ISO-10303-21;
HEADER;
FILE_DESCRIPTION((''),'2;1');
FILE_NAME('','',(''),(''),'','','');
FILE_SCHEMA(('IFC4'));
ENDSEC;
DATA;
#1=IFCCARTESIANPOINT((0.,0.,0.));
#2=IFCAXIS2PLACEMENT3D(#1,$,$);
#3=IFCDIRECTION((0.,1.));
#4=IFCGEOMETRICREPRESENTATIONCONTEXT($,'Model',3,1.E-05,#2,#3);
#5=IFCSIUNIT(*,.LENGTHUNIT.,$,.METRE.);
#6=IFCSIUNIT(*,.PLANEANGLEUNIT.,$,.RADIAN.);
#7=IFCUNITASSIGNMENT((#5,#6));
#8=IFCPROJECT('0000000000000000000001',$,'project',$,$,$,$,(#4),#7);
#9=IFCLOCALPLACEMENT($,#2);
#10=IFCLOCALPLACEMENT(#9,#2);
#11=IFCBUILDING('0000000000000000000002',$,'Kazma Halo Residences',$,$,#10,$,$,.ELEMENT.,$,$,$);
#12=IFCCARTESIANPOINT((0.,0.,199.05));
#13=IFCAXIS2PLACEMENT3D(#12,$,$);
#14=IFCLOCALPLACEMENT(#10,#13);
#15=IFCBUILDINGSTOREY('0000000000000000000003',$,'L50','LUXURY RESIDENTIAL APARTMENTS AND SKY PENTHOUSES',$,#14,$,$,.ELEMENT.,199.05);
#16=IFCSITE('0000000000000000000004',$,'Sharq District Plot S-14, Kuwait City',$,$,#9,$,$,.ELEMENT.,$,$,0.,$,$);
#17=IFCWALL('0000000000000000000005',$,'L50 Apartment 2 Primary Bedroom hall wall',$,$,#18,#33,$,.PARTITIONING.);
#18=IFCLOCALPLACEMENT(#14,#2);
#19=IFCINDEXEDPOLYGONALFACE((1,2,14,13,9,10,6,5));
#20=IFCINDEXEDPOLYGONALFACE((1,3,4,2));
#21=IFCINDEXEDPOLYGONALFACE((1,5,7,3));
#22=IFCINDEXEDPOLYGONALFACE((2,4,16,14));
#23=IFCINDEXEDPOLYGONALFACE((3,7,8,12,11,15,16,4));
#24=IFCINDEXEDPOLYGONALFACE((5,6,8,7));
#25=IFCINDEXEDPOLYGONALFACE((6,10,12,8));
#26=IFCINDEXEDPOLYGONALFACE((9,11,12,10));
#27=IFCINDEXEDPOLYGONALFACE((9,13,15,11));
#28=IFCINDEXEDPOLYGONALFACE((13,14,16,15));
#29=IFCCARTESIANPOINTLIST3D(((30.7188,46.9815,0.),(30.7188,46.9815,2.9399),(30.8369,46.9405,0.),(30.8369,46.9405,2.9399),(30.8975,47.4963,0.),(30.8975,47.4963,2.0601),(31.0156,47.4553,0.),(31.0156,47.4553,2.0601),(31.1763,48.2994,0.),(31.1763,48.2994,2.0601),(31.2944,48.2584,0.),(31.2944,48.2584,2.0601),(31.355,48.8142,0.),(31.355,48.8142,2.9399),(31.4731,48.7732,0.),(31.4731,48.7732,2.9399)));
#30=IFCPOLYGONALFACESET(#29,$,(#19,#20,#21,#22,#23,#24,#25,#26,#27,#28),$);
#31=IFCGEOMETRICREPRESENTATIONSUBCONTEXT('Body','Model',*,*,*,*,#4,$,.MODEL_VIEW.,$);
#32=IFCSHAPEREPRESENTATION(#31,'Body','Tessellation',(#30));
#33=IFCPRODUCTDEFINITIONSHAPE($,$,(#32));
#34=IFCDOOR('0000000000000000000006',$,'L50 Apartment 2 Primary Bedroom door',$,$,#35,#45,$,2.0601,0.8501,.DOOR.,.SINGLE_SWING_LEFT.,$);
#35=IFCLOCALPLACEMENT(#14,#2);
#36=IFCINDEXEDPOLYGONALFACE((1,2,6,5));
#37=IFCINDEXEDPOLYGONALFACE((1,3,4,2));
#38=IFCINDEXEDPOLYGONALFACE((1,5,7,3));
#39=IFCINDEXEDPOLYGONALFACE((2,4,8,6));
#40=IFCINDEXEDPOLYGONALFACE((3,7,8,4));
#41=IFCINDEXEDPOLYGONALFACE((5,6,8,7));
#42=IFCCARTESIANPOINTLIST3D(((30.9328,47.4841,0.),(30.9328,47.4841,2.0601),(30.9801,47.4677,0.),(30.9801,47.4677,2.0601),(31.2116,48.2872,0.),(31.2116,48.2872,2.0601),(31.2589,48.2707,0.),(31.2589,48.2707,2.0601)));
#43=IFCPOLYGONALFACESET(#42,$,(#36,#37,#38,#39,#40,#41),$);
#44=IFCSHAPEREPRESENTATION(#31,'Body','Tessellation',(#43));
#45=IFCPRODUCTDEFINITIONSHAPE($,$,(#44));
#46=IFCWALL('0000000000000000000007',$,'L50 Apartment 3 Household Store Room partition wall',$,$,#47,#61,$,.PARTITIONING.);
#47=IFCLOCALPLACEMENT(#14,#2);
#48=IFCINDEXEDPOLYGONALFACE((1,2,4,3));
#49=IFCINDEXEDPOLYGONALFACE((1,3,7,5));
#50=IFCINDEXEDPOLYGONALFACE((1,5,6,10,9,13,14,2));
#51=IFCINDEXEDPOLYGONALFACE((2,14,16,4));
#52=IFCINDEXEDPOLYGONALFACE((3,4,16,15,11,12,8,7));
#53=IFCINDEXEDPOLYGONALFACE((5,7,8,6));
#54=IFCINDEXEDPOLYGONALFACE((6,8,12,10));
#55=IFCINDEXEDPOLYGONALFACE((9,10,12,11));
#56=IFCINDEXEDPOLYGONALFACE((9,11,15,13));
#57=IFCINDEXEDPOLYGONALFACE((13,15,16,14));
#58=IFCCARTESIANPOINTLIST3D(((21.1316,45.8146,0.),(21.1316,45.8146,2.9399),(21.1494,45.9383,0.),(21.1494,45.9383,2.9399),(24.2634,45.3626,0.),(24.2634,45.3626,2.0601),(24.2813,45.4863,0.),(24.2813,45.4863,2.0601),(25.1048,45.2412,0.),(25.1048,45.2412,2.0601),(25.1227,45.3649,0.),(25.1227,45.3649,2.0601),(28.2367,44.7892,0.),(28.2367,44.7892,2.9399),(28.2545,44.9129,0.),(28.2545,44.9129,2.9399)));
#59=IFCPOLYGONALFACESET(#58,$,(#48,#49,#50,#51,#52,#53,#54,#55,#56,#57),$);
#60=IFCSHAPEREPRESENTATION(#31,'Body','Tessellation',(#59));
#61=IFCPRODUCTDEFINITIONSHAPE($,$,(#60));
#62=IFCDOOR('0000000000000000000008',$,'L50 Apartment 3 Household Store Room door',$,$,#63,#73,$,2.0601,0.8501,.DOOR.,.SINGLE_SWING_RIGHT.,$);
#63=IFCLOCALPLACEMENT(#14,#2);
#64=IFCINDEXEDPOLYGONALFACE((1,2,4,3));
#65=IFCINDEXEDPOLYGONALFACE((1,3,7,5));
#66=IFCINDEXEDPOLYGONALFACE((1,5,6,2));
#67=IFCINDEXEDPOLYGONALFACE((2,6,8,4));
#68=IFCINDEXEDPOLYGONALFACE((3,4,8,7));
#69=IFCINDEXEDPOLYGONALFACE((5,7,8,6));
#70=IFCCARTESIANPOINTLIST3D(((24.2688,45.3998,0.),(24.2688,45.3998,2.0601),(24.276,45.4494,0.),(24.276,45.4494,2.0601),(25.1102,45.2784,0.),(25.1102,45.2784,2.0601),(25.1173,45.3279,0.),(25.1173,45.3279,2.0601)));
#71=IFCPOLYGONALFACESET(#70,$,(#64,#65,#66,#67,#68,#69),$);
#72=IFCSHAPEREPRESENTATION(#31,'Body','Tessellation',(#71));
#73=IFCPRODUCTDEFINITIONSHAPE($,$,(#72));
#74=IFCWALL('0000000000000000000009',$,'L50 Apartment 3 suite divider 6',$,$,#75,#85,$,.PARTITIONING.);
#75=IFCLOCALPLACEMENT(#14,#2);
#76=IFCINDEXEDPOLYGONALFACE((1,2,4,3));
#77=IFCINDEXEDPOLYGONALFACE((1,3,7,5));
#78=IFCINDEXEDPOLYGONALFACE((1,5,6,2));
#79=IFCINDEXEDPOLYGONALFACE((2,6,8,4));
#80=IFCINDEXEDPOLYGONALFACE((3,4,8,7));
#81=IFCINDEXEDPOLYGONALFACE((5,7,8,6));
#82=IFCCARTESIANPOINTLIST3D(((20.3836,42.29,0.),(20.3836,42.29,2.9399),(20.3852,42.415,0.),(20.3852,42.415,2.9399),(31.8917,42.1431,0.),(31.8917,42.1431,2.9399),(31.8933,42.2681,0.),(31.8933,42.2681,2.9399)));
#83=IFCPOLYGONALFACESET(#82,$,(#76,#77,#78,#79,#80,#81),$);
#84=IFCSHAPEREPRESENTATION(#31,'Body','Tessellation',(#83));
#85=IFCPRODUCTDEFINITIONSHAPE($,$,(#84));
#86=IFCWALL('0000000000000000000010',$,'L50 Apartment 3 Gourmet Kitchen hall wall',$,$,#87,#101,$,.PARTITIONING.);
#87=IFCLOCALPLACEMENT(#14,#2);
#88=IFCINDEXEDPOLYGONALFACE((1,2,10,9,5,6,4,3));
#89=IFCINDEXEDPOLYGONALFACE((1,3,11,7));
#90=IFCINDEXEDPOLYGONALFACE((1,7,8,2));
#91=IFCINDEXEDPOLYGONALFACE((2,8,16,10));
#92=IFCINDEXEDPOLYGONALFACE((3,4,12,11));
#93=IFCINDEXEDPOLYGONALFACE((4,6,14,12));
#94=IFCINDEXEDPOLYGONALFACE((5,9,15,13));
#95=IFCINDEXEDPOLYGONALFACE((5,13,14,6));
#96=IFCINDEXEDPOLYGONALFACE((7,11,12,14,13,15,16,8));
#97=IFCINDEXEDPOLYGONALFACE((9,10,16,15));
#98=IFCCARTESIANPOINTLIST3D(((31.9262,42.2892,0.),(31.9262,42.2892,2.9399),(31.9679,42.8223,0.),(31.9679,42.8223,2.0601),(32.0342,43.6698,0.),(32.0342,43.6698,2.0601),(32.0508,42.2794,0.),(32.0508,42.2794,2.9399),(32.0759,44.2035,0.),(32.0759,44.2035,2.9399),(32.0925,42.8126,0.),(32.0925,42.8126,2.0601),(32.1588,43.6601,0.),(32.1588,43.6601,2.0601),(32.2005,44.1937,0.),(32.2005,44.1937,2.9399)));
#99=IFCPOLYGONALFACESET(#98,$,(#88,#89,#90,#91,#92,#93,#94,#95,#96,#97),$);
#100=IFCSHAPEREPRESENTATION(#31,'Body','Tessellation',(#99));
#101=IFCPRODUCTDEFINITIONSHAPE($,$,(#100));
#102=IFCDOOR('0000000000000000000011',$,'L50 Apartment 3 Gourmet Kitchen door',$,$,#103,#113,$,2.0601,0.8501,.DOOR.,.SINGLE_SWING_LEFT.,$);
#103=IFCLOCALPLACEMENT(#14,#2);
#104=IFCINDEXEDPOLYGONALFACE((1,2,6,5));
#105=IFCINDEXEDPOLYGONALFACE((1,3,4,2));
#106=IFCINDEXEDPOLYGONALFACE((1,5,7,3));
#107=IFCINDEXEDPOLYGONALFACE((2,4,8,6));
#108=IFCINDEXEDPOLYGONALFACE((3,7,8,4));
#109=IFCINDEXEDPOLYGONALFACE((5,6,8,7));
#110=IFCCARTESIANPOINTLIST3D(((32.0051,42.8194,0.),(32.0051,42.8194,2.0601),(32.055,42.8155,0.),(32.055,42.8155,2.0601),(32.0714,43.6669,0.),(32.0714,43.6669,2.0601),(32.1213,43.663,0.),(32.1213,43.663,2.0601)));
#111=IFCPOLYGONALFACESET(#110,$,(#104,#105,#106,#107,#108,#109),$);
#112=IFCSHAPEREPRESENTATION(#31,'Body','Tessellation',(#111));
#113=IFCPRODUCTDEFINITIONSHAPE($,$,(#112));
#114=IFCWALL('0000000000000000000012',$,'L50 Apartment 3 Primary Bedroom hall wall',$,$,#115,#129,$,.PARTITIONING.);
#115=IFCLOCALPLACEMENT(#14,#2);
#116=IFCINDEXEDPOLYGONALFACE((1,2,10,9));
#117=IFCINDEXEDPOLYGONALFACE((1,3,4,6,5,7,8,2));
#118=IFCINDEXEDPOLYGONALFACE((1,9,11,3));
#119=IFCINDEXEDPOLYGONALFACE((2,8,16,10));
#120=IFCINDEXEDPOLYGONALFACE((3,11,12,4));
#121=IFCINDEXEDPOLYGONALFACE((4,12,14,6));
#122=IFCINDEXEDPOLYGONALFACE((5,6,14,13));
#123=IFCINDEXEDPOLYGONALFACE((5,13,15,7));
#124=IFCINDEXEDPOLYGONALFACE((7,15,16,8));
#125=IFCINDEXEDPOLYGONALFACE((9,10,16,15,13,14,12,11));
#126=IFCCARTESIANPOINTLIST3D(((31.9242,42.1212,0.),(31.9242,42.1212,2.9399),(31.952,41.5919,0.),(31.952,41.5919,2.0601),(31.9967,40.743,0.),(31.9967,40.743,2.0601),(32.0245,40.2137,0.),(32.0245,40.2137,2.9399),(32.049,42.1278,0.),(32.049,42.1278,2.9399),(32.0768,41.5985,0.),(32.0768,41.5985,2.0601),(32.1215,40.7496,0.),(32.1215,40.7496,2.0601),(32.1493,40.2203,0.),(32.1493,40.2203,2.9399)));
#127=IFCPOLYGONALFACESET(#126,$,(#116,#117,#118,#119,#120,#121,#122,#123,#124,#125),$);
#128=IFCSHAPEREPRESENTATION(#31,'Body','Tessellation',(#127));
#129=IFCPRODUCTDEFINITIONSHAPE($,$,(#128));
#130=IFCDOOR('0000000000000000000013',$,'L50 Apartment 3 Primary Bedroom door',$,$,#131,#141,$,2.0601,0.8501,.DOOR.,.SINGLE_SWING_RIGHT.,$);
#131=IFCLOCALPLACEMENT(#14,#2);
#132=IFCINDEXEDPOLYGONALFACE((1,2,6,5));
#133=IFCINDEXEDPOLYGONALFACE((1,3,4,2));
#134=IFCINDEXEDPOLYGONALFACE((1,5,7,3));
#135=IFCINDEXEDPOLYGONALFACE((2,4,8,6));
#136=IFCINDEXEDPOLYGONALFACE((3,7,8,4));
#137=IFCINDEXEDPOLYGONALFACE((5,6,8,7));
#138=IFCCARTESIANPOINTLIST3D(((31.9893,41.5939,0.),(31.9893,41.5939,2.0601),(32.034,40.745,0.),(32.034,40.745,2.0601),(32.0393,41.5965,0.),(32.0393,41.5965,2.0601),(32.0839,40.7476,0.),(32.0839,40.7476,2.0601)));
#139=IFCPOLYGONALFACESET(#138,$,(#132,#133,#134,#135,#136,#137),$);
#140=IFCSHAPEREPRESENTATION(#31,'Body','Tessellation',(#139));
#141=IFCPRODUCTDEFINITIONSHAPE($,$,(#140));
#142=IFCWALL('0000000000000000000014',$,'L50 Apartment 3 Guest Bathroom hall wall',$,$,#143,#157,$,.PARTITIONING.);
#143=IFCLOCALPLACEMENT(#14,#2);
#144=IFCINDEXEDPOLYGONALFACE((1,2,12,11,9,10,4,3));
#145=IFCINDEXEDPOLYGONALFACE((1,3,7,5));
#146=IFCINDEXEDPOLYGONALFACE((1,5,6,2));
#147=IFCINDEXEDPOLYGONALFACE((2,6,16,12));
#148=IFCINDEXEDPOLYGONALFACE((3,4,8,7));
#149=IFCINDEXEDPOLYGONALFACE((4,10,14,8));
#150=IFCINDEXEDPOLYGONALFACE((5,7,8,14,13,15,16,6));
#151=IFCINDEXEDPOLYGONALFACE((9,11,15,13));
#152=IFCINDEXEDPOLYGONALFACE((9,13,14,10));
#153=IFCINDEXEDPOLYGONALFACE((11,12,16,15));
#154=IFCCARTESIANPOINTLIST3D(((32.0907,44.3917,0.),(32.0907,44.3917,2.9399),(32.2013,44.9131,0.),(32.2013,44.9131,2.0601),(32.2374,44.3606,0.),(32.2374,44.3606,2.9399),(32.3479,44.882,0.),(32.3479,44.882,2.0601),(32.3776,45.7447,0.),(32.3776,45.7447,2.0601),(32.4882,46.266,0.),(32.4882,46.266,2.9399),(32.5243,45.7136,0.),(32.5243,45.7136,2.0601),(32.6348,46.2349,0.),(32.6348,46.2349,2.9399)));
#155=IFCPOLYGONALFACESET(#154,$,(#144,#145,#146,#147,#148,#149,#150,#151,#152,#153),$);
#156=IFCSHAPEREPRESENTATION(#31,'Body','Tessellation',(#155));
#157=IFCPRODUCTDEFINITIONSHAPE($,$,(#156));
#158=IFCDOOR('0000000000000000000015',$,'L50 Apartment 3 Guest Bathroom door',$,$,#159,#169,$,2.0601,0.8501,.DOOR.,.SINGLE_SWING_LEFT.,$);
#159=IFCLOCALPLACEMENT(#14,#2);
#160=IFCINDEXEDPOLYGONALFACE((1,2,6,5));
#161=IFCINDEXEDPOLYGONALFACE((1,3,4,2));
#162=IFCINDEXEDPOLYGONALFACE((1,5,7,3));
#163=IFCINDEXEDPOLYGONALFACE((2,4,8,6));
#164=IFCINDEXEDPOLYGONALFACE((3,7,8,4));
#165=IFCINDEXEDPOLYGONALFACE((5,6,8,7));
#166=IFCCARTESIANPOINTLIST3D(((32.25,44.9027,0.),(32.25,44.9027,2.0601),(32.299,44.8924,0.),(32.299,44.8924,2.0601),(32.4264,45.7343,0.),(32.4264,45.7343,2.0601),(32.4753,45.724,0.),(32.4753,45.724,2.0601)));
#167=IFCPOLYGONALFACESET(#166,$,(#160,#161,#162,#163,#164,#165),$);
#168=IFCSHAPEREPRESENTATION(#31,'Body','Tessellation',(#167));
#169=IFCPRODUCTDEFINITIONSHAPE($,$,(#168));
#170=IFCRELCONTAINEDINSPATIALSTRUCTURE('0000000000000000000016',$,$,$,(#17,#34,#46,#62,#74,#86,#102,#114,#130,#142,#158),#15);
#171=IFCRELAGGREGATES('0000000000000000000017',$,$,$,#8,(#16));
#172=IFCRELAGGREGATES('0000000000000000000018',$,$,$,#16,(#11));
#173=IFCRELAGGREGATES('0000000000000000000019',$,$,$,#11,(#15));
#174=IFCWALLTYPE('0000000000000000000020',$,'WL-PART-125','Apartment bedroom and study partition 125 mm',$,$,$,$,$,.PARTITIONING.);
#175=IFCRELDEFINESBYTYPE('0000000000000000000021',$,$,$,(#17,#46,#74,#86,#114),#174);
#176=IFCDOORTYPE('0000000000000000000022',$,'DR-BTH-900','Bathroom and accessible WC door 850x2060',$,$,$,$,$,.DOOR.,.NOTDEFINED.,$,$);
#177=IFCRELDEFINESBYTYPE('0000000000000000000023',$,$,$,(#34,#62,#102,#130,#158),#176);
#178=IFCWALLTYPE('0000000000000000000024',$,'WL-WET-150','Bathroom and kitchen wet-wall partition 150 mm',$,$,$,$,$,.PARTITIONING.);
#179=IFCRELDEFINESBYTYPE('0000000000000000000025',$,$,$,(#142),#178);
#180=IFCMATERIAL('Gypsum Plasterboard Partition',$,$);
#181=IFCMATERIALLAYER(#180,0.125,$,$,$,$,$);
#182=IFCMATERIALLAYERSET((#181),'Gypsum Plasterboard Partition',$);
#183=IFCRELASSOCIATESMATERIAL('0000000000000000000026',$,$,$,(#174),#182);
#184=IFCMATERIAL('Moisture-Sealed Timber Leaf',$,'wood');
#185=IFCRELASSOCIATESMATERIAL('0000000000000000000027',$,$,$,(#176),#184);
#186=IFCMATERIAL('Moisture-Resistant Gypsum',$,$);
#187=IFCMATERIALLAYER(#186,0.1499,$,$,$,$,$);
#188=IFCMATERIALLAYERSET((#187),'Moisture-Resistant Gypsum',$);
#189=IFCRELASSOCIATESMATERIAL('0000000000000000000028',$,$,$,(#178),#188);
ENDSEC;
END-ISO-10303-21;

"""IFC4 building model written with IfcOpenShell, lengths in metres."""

from ifc_helpers import new_model, si_unit, direction, frame, frame_2d, origin, place, context, subcontext, project, spatial, rectangle, extrude, material, layer, layer_set, type_object, element, fill, save


model = new_model("IFC4")

# Units and contexts
model_context = context("Model", 3, precision=1e-05, world=origin(), true_north=direction((0.0, 1.0)))
body_context = subcontext(model_context, "Body", "Model", "MODEL_VIEW")
ifc_project = project(units=[si_unit("LENGTHUNIT", "METRE"), si_unit("PLANEANGLEUNIT", "RADIAN")], contexts=[model_context])

# Site, building, storey
site_placement = place(None, origin())
site = spatial("IfcSite", under=ifc_project, at=site_placement, Name="Sharq District Plot S-14, Kuwait City", CompositionType="ELEMENT", RefElevation=0.0)
building_placement = place(site_placement, origin())
building = spatial("IfcBuilding", under=site, at=building_placement, Name="Kazma Halo Residences", CompositionType="ELEMENT")
storey_placement = place(building_placement, frame((0.0, 0.0, 199.05)))
storey = spatial("IfcBuildingStorey", under=building, at=storey_placement, Name="L50", Description="LUXURY RESIDENTIAL APARTMENTS AND SKY PENTHOUSES", CompositionType="ELEMENT", Elevation=199.05)

# Shared definitions
ifc_material_1 = material(Name="Gypsum Plasterboard Partition")
ifc_layer_1 = layer(ifc_material_1, 0.125)
ifc_layer_set_1 = layer_set([ifc_layer_1], Name="Gypsum Plasterboard Partition")
wall_type_1 = type_object("IfcWallType", Name="WL-PART-125", Description="Apartment bedroom and study partition 125 mm", PredefinedType="PARTITIONING", material=ifc_layer_set_1)

# Walls, openings, doors
wall_1_placement = place(storey_placement, frame((31.4141, 48.7937, 0.0), z_axis=(0.0, 0.0, 1.0), x_axis=(-0.327945, -0.944697, 0.0)))
wall_1 = element("IfcWall", 1, at=wall_1_placement, inside=storey, type_object=wall_type_1, Name="L50 Apartment 2 Primary Bedroom hall wall", PredefinedType="PARTITIONING", context=body_context, shape_type="SweptSolid", body=[
    extrude(rectangle(XDim=1.9399, YDim=0.125, at=frame_2d((0.97, 0.0))), origin(), (0.0, 0.0, 1.0), 2.9399),
])
opening_1_placement = place(wall_1_placement, frame((0.5449, 0.0, 0.0)))
opening_1 = element("IfcOpeningElement", 2, at=opening_1_placement, cuts=wall_1, PredefinedType="OPENING", context=body_context, shape_type="SweptSolid", body=[
    extrude(rectangle(XDim=0.8501, YDim=2.0601, at=frame_2d((0.425, 1.03))), frame((0.0, 0.0725, 0.0), z_axis=(0.0, -1.0, 0.0), x_axis=(1.0, 0.0, 0.0)), (0.0, 0.0, 1.0), 0.145),
])
ifc_material_2 = material(Name="Moisture-Sealed Timber Leaf", Category="wood")
door_type = type_object("IfcDoorType", Name="DR-BTH-900", Description="Bathroom and accessible WC door 850x2060", OperationType="NOTDEFINED", PredefinedType="DOOR", material=ifc_material_2)
door_1_placement = place(opening_1_placement, origin())
door_1 = element("IfcDoor", 3, at=door_1_placement, inside=storey, type_object=door_type, Name="L50 Apartment 2 Primary Bedroom door", OperationType="SINGLE_SWING_LEFT", OverallHeight=2.0601, OverallWidth=0.8501, PredefinedType="DOOR", context=body_context, shape_type="SweptSolid", body=[
    extrude(rectangle(XDim=0.8501, YDim=2.0601, at=frame_2d((0.425, 1.03))), frame((0.0, 0.0249, 0.0), z_axis=(0.0, -1.0, 0.0), x_axis=(1.0, 0.0, 0.0)), (0.0, 0.0, 1.0), 0.05),
])
fill(opening_1, door_1)
wall_2_placement = place(storey_placement, frame((28.2456, 44.8511, 0.0), z_axis=(0.0, 0.0, 1.0), x_axis=(-0.989746, 0.142835, 0.0)))
wall_2 = element("IfcWall", 4, at=wall_2_placement, inside=storey, type_object=wall_type_1, Name="L50 Apartment 3 Household Store Room partition wall", PredefinedType="PARTITIONING", context=body_context, shape_type="SweptSolid", body=[
    extrude(rectangle(XDim=7.1787, YDim=0.125, at=frame_2d((3.5894, 0.0))), origin(), (0.0, 0.0, 1.0), 2.9399),
])
opening_2_placement = place(wall_2_placement, frame((3.1643, 0.0, 0.0)))
opening_2 = element("IfcOpeningElement", 5, at=opening_2_placement, cuts=wall_2, PredefinedType="OPENING", context=body_context, shape_type="SweptSolid", body=[
    extrude(rectangle(XDim=0.8501, YDim=2.0601, at=frame_2d((0.425, 1.03))), frame((0.0, 0.0725, 0.0), z_axis=(0.0, -1.0, 0.0), x_axis=(1.0, 0.0, 0.0)), (0.0, 0.0, 1.0), 0.145),
])
door_2_placement = place(opening_2_placement, origin())
door_2 = element("IfcDoor", 6, at=door_2_placement, inside=storey, type_object=door_type, Name="L50 Apartment 3 Household Store Room door", OperationType="SINGLE_SWING_RIGHT", OverallHeight=2.0601, OverallWidth=0.8501, PredefinedType="DOOR", context=body_context, shape_type="SweptSolid", body=[
    extrude(rectangle(XDim=0.8501, YDim=2.0601, at=frame_2d((0.425, 1.03))), frame((0.0, 0.0249, 0.0), z_axis=(0.0, -1.0, 0.0), x_axis=(1.0, 0.0, 0.0)), (0.0, 0.0, 1.0), 0.05),
])
fill(opening_2, door_2)

# Wall
wall_3_placement = place(storey_placement, frame((31.8923, 42.2056, 0.0), z_axis=(0.0, 0.0, 1.0), x_axis=(-0.999918, 0.01277, 0.0)))
element("IfcWall", 7, at=wall_3_placement, inside=storey, type_object=wall_type_1, Name="L50 Apartment 3 suite divider 6", PredefinedType="PARTITIONING", context=body_context, shape_type="SweptSolid", body=[
    extrude(rectangle(XDim=11.509, YDim=0.125, at=frame_2d((5.7544, 0.0))), origin(), (0.0, 0.0, 1.0), 2.9399),
])

# Walls, openings, doors
wall_4_placement = place(storey_placement, frame((32.1382, 44.1985, 0.0), z_axis=(0.0, 0.0, 1.0), x_axis=(-0.077941, -0.996958, 0.0)))
wall_4 = element("IfcWall", 8, at=wall_4_placement, inside=storey, type_object=wall_type_1, Name="L50 Apartment 3 Gourmet Kitchen hall wall", PredefinedType="PARTITIONING", context=body_context, shape_type="SweptSolid", body=[
    extrude(rectangle(XDim=1.9202, YDim=0.125, at=frame_2d((0.96, 0.0))), origin(), (0.0, 0.0, 1.0), 2.9399),
])
opening_3_placement = place(wall_4_placement, frame((0.5352, 0.0, 0.0)))
opening_3 = element("IfcOpeningElement", 9, at=opening_3_placement, cuts=wall_4, PredefinedType="OPENING", context=body_context, shape_type="SweptSolid", body=[
    extrude(rectangle(XDim=0.8501, YDim=2.0601, at=frame_2d((0.425, 1.03))), frame((0.0, 0.0725, 0.0), z_axis=(0.0, -1.0, 0.0), x_axis=(1.0, 0.0, 0.0)), (0.0, 0.0, 1.0), 0.145),
])
door_3_placement = place(opening_3_placement, origin())
door_3 = element("IfcDoor", 10, at=door_3_placement, inside=storey, type_object=door_type, Name="L50 Apartment 3 Gourmet Kitchen door", OperationType="SINGLE_SWING_LEFT", OverallHeight=2.0601, OverallWidth=0.8501, PredefinedType="DOOR", context=body_context, shape_type="SweptSolid", body=[
    extrude(rectangle(XDim=0.8501, YDim=2.0601, at=frame_2d((0.425, 1.03))), frame((0.0, 0.0249, 0.0), z_axis=(0.0, -1.0, 0.0), x_axis=(1.0, 0.0, 0.0)), (0.0, 0.0, 1.0), 0.05),
])
fill(opening_3, door_3)
wall_5_placement = place(storey_placement, frame((31.9866, 42.1245, 0.0), z_axis=(0.0, 0.0, 1.0), x_axis=(0.052532, -0.998619, 0.0)))
wall_5 = element("IfcWall", 11, at=wall_5_placement, inside=storey, type_object=wall_type_1, Name="L50 Apartment 3 Primary Bedroom hall wall", PredefinedType="PARTITIONING", context=body_context, shape_type="SweptSolid", body=[
    extrude(rectangle(XDim=1.9102, YDim=0.125, at=frame_2d((0.9551, 0.0))), origin(), (0.0, 0.0, 1.0), 2.9399),
])
opening_4_placement = place(wall_5_placement, frame((0.53, 0.0, 0.0)))
opening_4 = element("IfcOpeningElement", 12, at=opening_4_placement, cuts=wall_5, PredefinedType="OPENING", context=body_context, shape_type="SweptSolid", body=[
    extrude(rectangle(XDim=0.8501, YDim=2.0601, at=frame_2d((0.425, 1.03))), frame((0.0, 0.0725, 0.0), z_axis=(0.0, -1.0, 0.0), x_axis=(1.0, 0.0, 0.0)), (0.0, 0.0, 1.0), 0.145),
])
door_4_placement = place(opening_4_placement, origin())
door_4 = element("IfcDoor", 13, at=door_4_placement, inside=storey, type_object=door_type, Name="L50 Apartment 3 Primary Bedroom door", OperationType="SINGLE_SWING_RIGHT", OverallHeight=2.0601, OverallWidth=0.8501, PredefinedType="DOOR", context=body_context, shape_type="SweptSolid", body=[
    extrude(rectangle(XDim=0.8501, YDim=2.0601, at=frame_2d((0.425, 1.03))), frame((0.0, 0.0249, 0.0), z_axis=(0.0, -1.0, 0.0), x_axis=(1.0, 0.0, 0.0)), (0.0, 0.0, 1.0), 0.05),
])
fill(opening_4, door_4)
ifc_material_3 = material(Name="Moisture-Resistant Gypsum")
ifc_layer_2 = layer(ifc_material_3, 0.1499)
ifc_layer_set_2 = layer_set([ifc_layer_2], Name="Moisture-Resistant Gypsum")
wall_type_2 = type_object("IfcWallType", Name="WL-WET-150", Description="Bathroom and kitchen wet-wall partition 150 mm", PredefinedType="PARTITIONING", material=ifc_layer_set_2)
wall_6_placement = place(storey_placement, frame((32.5615, 46.2505, 0.0), z_axis=(0.0, 0.0, 1.0), x_axis=(-0.207449, -0.978246, 0.0)))
wall_6 = element("IfcWall", 14, at=wall_6_placement, inside=storey, type_object=wall_type_2, Name="L50 Apartment 3 Guest Bathroom hall wall", PredefinedType="PARTITIONING", context=body_context, shape_type="SweptSolid", body=[
    extrude(rectangle(XDim=1.916, YDim=0.1499, at=frame_2d((0.958, 0.0))), origin(), (0.0, 0.0, 1.0), 2.9399),
])
opening_5_placement = place(wall_6_placement, frame((0.533, 0.0, 0.0)))
opening_5 = element("IfcOpeningElement", 15, at=opening_5_placement, cuts=wall_6, PredefinedType="OPENING", context=body_context, shape_type="SweptSolid", body=[
    extrude(rectangle(XDim=0.8501, YDim=2.0601, at=frame_2d((0.425, 1.03))), frame((0.0, 0.085, 0.0), z_axis=(0.0, -1.0, 0.0), x_axis=(1.0, 0.0, 0.0)), (0.0, 0.0, 1.0), 0.1699),
])
door_5_placement = place(opening_5_placement, origin())
door_5 = element("IfcDoor", 16, at=door_5_placement, inside=storey, type_object=door_type, Name="L50 Apartment 3 Guest Bathroom door", OperationType="SINGLE_SWING_LEFT", OverallHeight=2.0601, OverallWidth=0.8501, PredefinedType="DOOR", context=body_context, shape_type="SweptSolid", body=[
    extrude(rectangle(XDim=0.8501, YDim=2.0601, at=frame_2d((0.425, 1.03))), frame((0.0, 0.0249, 0.0), z_axis=(0.0, -1.0, 0.0), x_axis=(1.0, 0.0, 0.0)), (0.0, 0.0, 1.0), 0.05),
])
fill(opening_5, door_5)

save(model, "model.ifc")
